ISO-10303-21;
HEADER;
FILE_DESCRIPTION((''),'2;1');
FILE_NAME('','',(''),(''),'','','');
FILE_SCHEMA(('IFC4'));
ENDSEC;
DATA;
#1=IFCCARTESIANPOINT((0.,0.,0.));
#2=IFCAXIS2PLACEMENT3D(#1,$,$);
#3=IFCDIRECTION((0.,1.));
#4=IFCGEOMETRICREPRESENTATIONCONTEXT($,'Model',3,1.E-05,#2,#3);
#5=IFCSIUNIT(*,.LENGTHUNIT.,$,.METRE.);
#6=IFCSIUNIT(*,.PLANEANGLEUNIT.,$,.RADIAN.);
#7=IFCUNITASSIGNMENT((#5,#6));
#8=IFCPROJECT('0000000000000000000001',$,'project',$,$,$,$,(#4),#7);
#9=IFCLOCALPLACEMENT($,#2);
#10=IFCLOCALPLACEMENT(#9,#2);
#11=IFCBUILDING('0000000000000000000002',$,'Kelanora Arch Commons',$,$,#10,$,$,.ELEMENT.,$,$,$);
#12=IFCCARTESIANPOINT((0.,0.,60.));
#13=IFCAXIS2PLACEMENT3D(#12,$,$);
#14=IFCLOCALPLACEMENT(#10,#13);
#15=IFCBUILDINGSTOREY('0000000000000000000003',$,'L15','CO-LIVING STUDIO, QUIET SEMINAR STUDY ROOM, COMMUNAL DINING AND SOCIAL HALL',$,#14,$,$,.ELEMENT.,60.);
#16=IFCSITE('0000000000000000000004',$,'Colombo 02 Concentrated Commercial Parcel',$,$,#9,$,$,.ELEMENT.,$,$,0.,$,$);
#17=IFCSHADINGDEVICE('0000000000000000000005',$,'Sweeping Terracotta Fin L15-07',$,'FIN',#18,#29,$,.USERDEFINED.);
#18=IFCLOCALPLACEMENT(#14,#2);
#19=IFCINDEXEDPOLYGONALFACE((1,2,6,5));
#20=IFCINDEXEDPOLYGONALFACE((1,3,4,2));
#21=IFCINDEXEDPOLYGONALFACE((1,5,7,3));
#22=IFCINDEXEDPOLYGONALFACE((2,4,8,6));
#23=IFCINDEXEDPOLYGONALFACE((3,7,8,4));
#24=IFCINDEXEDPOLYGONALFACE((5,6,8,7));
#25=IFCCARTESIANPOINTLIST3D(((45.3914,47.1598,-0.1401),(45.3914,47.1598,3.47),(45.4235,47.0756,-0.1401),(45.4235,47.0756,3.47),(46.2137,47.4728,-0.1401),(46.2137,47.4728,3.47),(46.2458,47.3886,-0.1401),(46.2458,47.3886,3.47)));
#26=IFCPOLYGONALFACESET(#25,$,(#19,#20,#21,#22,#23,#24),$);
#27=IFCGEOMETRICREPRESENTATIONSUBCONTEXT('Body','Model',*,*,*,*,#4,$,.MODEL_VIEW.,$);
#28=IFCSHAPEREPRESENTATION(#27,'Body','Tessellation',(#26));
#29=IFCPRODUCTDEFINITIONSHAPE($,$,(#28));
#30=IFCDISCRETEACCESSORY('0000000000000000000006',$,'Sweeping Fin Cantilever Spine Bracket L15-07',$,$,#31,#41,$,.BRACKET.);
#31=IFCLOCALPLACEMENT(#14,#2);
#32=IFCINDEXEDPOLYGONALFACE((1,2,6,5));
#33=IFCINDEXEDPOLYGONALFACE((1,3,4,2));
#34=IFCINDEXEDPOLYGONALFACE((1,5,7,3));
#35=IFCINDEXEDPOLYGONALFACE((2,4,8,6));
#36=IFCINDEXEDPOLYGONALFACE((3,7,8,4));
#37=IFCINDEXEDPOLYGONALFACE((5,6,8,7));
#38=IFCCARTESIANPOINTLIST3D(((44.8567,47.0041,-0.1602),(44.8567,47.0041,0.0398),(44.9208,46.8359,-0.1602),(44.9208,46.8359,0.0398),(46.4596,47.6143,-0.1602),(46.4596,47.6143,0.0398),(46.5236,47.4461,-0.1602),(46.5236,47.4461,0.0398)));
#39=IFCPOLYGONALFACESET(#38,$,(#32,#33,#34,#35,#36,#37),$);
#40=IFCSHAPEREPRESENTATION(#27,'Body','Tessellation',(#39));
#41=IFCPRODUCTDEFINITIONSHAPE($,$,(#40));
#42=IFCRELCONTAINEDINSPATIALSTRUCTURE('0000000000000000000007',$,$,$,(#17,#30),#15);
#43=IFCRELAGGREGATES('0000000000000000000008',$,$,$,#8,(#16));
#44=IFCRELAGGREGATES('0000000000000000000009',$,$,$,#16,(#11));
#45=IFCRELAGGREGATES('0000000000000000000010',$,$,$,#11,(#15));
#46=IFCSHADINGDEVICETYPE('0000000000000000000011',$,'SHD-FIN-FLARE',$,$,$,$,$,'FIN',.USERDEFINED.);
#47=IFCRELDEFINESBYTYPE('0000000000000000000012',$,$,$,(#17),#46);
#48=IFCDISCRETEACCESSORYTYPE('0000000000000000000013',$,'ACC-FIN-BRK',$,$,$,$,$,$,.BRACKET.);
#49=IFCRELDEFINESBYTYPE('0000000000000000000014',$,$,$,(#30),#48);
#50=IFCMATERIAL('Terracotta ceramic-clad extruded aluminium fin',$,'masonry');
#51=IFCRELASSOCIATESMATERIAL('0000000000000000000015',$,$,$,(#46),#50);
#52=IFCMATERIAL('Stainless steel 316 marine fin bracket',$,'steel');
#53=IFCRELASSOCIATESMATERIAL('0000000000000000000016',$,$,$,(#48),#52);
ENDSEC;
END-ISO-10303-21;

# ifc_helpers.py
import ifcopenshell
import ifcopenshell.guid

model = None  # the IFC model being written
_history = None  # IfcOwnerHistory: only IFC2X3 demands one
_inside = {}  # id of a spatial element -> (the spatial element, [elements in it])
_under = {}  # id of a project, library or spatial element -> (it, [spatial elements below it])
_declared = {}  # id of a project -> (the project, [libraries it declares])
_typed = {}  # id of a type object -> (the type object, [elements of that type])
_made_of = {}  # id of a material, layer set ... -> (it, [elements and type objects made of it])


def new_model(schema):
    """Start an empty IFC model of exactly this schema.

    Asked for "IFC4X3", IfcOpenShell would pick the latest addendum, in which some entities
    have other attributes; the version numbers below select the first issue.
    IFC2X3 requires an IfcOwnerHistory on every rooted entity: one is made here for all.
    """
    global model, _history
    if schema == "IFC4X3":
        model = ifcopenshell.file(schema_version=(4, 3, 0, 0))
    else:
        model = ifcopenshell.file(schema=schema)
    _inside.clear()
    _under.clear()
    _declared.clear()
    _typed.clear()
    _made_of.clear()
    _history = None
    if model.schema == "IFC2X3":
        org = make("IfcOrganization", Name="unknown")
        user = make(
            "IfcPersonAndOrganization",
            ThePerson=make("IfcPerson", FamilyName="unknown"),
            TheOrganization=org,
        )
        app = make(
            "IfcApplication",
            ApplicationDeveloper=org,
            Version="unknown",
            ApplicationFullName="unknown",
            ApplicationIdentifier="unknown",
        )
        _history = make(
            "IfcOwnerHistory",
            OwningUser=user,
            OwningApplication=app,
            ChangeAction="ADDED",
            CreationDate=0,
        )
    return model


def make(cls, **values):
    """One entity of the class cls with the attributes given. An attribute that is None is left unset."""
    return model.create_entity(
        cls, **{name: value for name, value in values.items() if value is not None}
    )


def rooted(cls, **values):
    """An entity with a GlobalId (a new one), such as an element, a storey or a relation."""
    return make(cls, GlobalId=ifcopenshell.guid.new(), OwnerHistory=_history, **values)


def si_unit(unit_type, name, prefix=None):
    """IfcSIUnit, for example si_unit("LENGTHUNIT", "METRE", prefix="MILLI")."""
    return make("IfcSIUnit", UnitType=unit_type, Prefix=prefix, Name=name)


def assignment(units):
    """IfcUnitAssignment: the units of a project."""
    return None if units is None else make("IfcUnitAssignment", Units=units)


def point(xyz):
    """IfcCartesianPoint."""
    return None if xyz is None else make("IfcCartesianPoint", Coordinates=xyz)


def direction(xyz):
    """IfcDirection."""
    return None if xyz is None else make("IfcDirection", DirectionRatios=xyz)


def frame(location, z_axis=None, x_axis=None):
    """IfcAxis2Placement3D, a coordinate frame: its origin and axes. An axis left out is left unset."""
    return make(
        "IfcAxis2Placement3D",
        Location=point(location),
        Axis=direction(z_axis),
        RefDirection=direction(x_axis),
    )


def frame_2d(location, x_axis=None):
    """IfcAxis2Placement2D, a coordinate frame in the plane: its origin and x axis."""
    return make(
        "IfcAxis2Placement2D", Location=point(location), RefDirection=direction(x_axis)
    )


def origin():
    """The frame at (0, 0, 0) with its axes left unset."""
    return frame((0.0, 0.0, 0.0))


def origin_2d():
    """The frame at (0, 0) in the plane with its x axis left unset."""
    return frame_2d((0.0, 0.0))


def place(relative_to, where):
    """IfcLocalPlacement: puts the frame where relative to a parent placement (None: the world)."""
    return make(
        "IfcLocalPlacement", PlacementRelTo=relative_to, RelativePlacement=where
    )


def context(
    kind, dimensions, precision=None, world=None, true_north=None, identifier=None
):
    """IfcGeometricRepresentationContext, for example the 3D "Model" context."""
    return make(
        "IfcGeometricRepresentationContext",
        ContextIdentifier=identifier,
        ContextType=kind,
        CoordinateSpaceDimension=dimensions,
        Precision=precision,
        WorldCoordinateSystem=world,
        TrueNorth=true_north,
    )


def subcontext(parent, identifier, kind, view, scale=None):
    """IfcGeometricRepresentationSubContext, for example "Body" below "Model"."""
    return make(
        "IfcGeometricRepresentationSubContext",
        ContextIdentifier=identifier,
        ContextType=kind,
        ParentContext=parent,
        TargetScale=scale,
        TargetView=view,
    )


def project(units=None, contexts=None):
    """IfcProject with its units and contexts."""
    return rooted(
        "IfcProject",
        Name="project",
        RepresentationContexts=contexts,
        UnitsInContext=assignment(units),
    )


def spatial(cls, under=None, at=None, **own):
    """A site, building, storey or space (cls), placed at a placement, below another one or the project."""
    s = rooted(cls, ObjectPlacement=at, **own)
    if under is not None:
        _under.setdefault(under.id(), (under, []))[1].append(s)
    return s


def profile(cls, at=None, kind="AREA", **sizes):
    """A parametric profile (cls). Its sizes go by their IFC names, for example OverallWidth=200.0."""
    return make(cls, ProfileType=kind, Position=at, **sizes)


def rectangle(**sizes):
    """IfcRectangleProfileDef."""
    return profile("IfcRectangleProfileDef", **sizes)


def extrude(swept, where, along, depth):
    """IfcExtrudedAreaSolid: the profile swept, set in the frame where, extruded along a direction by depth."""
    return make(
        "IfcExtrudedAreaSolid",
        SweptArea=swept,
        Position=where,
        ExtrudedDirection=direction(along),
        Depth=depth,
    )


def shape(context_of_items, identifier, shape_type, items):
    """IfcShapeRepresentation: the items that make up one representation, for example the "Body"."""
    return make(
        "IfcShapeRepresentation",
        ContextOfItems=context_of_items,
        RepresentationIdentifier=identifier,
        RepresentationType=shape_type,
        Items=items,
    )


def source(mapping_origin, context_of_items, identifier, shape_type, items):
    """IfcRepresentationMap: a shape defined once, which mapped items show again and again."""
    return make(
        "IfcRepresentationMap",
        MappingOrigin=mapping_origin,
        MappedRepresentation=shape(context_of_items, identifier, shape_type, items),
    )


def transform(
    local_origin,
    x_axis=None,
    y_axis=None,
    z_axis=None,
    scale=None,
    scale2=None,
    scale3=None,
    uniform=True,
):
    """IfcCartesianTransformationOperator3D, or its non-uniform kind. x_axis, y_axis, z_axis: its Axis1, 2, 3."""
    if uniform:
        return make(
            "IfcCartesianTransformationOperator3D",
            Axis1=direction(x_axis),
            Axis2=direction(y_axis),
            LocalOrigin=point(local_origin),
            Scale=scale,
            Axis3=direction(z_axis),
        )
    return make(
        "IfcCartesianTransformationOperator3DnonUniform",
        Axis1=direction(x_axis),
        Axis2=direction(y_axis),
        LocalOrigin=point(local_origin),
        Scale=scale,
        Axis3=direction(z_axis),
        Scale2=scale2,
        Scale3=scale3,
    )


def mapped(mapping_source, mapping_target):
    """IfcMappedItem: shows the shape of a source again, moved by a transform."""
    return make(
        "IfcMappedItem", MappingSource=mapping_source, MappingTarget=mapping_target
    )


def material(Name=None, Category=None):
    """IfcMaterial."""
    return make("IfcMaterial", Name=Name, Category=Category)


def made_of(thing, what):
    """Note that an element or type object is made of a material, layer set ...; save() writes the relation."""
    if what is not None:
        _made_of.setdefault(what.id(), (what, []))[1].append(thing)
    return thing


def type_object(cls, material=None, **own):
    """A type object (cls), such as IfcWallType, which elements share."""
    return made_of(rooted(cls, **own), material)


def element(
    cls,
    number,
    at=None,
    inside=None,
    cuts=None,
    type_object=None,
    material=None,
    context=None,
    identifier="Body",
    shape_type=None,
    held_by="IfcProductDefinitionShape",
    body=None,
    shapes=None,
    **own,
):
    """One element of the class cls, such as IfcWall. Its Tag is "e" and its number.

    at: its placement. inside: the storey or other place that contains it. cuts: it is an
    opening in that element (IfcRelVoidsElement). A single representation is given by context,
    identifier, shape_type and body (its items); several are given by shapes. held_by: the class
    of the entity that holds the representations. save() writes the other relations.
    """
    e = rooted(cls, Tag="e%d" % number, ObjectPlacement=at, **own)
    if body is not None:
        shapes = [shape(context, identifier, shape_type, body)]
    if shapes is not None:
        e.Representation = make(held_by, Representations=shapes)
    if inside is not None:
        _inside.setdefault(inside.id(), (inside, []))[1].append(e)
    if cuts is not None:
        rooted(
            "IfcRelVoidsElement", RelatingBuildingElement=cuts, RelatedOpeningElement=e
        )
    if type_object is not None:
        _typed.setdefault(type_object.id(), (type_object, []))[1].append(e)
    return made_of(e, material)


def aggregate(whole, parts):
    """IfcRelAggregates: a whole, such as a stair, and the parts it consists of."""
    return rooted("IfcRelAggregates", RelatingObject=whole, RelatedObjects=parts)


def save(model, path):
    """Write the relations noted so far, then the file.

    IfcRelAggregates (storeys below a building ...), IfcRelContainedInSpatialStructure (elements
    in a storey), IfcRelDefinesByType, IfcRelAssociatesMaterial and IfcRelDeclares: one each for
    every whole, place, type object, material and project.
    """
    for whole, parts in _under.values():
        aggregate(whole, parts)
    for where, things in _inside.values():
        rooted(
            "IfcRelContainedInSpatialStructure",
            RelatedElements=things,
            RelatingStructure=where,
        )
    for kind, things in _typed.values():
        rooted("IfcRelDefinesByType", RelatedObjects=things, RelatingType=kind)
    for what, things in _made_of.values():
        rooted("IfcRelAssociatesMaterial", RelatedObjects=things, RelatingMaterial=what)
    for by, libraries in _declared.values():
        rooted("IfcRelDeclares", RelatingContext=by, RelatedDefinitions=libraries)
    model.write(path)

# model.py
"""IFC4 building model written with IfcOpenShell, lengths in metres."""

from ifc_helpers import new_model, si_unit, direction, frame, origin, origin_2d, place, context, subcontext, project, spatial, rectangle, extrude, source, transform, mapped, material, type_object, element, save


model = new_model("IFC4")

# Units and contexts
model_context = context("Model", 3, precision=1e-05, world=origin(), true_north=direction((0.0, 1.0)))
body_context = subcontext(model_context, "Body", "Model", "MODEL_VIEW")
ifc_project = project(units=[si_unit("LENGTHUNIT", "METRE"), si_unit("PLANEANGLEUNIT", "RADIAN")], contexts=[model_context])

# Site, building, storey
site_placement = place(None, origin())
site = spatial("IfcSite", under=ifc_project, at=site_placement, Name="Colombo 02 Concentrated Commercial Parcel", CompositionType="ELEMENT", RefElevation=0.0)
building_placement = place(site_placement, origin())
building = spatial("IfcBuilding", under=site, at=building_placement, Name="Kelanora Arch Commons", CompositionType="ELEMENT")
storey_placement = place(building_placement, frame((0.0, 0.0, 60.0)))
storey = spatial("IfcBuildingStorey", under=building, at=storey_placement, Name="L15", Description="CO-LIVING STUDIO, QUIET SEMINAR STUDY ROOM, COMMUNAL DINING AND SOCIAL HALL", CompositionType="ELEMENT", Elevation=60.0)

# Shading device
ifc_material_1 = material(Name="Terracotta ceramic-clad extruded aluminium fin", Category="masonry")
shading_device_type = type_object("IfcShadingDeviceType", Name="SHD-FIN-FLARE", ElementType="FIN", PredefinedType="USERDEFINED", material=ifc_material_1)
shared_shape_1 = source(origin(), body_context, "Body", "SweptSolid", [
    extrude(rectangle(XDim=0.8799, YDim=0.0901, at=origin_2d()), origin(), (0.0, 0.0, 1.0), 3.6101),
])
shading_device_placement = place(storey_placement, frame((45.8186, 47.2742, -0.1401), z_axis=(0.0, 0.0, 1.0), x_axis=(-0.934578, -0.35576, 0.0)))
element("IfcShadingDevice", 1, at=shading_device_placement, inside=storey, type_object=shading_device_type, Name="Sweeping Terracotta Fin L15-07", ObjectType="FIN", PredefinedType="USERDEFINED", context=body_context, shape_type="MappedRepresentation", body=[
    mapped(shared_shape_1, transform((0.0, 0.0, 0.0), scale=1.0)),
])

# Discrete accessory
ifc_material_2 = material(Name="Stainless steel 316 marine fin bracket", Category="steel")
discrete_accessory_type = type_object("IfcDiscreteAccessoryType", Name="ACC-FIN-BRK", PredefinedType="BRACKET", material=ifc_material_2)
shared_shape_2 = source(origin(), body_context, "Body", "SweptSolid", [
    extrude(rectangle(XDim=1.7151, YDim=0.1799, at=origin_2d()), origin(), (0.0, 0.0, 1.0), 0.2),
])
discrete_accessory_placement = place(storey_placement, frame((45.6902, 47.2251, -0.1602), z_axis=(0.0, 0.0, 1.0), x_axis=(-0.934578, -0.35576, 0.0)))
element("IfcDiscreteAccessory", 2, at=discrete_accessory_placement, inside=storey, type_object=discrete_accessory_type, Name="Sweeping Fin Cantilever Spine Bracket L15-07", PredefinedType="BRACKET", context=body_context, shape_type="MappedRepresentation", body=[
    mapped(shared_shape_2, transform((0.0, 0.0, 0.0), scale=1.0)),
])

save(model, "model.ifc")
